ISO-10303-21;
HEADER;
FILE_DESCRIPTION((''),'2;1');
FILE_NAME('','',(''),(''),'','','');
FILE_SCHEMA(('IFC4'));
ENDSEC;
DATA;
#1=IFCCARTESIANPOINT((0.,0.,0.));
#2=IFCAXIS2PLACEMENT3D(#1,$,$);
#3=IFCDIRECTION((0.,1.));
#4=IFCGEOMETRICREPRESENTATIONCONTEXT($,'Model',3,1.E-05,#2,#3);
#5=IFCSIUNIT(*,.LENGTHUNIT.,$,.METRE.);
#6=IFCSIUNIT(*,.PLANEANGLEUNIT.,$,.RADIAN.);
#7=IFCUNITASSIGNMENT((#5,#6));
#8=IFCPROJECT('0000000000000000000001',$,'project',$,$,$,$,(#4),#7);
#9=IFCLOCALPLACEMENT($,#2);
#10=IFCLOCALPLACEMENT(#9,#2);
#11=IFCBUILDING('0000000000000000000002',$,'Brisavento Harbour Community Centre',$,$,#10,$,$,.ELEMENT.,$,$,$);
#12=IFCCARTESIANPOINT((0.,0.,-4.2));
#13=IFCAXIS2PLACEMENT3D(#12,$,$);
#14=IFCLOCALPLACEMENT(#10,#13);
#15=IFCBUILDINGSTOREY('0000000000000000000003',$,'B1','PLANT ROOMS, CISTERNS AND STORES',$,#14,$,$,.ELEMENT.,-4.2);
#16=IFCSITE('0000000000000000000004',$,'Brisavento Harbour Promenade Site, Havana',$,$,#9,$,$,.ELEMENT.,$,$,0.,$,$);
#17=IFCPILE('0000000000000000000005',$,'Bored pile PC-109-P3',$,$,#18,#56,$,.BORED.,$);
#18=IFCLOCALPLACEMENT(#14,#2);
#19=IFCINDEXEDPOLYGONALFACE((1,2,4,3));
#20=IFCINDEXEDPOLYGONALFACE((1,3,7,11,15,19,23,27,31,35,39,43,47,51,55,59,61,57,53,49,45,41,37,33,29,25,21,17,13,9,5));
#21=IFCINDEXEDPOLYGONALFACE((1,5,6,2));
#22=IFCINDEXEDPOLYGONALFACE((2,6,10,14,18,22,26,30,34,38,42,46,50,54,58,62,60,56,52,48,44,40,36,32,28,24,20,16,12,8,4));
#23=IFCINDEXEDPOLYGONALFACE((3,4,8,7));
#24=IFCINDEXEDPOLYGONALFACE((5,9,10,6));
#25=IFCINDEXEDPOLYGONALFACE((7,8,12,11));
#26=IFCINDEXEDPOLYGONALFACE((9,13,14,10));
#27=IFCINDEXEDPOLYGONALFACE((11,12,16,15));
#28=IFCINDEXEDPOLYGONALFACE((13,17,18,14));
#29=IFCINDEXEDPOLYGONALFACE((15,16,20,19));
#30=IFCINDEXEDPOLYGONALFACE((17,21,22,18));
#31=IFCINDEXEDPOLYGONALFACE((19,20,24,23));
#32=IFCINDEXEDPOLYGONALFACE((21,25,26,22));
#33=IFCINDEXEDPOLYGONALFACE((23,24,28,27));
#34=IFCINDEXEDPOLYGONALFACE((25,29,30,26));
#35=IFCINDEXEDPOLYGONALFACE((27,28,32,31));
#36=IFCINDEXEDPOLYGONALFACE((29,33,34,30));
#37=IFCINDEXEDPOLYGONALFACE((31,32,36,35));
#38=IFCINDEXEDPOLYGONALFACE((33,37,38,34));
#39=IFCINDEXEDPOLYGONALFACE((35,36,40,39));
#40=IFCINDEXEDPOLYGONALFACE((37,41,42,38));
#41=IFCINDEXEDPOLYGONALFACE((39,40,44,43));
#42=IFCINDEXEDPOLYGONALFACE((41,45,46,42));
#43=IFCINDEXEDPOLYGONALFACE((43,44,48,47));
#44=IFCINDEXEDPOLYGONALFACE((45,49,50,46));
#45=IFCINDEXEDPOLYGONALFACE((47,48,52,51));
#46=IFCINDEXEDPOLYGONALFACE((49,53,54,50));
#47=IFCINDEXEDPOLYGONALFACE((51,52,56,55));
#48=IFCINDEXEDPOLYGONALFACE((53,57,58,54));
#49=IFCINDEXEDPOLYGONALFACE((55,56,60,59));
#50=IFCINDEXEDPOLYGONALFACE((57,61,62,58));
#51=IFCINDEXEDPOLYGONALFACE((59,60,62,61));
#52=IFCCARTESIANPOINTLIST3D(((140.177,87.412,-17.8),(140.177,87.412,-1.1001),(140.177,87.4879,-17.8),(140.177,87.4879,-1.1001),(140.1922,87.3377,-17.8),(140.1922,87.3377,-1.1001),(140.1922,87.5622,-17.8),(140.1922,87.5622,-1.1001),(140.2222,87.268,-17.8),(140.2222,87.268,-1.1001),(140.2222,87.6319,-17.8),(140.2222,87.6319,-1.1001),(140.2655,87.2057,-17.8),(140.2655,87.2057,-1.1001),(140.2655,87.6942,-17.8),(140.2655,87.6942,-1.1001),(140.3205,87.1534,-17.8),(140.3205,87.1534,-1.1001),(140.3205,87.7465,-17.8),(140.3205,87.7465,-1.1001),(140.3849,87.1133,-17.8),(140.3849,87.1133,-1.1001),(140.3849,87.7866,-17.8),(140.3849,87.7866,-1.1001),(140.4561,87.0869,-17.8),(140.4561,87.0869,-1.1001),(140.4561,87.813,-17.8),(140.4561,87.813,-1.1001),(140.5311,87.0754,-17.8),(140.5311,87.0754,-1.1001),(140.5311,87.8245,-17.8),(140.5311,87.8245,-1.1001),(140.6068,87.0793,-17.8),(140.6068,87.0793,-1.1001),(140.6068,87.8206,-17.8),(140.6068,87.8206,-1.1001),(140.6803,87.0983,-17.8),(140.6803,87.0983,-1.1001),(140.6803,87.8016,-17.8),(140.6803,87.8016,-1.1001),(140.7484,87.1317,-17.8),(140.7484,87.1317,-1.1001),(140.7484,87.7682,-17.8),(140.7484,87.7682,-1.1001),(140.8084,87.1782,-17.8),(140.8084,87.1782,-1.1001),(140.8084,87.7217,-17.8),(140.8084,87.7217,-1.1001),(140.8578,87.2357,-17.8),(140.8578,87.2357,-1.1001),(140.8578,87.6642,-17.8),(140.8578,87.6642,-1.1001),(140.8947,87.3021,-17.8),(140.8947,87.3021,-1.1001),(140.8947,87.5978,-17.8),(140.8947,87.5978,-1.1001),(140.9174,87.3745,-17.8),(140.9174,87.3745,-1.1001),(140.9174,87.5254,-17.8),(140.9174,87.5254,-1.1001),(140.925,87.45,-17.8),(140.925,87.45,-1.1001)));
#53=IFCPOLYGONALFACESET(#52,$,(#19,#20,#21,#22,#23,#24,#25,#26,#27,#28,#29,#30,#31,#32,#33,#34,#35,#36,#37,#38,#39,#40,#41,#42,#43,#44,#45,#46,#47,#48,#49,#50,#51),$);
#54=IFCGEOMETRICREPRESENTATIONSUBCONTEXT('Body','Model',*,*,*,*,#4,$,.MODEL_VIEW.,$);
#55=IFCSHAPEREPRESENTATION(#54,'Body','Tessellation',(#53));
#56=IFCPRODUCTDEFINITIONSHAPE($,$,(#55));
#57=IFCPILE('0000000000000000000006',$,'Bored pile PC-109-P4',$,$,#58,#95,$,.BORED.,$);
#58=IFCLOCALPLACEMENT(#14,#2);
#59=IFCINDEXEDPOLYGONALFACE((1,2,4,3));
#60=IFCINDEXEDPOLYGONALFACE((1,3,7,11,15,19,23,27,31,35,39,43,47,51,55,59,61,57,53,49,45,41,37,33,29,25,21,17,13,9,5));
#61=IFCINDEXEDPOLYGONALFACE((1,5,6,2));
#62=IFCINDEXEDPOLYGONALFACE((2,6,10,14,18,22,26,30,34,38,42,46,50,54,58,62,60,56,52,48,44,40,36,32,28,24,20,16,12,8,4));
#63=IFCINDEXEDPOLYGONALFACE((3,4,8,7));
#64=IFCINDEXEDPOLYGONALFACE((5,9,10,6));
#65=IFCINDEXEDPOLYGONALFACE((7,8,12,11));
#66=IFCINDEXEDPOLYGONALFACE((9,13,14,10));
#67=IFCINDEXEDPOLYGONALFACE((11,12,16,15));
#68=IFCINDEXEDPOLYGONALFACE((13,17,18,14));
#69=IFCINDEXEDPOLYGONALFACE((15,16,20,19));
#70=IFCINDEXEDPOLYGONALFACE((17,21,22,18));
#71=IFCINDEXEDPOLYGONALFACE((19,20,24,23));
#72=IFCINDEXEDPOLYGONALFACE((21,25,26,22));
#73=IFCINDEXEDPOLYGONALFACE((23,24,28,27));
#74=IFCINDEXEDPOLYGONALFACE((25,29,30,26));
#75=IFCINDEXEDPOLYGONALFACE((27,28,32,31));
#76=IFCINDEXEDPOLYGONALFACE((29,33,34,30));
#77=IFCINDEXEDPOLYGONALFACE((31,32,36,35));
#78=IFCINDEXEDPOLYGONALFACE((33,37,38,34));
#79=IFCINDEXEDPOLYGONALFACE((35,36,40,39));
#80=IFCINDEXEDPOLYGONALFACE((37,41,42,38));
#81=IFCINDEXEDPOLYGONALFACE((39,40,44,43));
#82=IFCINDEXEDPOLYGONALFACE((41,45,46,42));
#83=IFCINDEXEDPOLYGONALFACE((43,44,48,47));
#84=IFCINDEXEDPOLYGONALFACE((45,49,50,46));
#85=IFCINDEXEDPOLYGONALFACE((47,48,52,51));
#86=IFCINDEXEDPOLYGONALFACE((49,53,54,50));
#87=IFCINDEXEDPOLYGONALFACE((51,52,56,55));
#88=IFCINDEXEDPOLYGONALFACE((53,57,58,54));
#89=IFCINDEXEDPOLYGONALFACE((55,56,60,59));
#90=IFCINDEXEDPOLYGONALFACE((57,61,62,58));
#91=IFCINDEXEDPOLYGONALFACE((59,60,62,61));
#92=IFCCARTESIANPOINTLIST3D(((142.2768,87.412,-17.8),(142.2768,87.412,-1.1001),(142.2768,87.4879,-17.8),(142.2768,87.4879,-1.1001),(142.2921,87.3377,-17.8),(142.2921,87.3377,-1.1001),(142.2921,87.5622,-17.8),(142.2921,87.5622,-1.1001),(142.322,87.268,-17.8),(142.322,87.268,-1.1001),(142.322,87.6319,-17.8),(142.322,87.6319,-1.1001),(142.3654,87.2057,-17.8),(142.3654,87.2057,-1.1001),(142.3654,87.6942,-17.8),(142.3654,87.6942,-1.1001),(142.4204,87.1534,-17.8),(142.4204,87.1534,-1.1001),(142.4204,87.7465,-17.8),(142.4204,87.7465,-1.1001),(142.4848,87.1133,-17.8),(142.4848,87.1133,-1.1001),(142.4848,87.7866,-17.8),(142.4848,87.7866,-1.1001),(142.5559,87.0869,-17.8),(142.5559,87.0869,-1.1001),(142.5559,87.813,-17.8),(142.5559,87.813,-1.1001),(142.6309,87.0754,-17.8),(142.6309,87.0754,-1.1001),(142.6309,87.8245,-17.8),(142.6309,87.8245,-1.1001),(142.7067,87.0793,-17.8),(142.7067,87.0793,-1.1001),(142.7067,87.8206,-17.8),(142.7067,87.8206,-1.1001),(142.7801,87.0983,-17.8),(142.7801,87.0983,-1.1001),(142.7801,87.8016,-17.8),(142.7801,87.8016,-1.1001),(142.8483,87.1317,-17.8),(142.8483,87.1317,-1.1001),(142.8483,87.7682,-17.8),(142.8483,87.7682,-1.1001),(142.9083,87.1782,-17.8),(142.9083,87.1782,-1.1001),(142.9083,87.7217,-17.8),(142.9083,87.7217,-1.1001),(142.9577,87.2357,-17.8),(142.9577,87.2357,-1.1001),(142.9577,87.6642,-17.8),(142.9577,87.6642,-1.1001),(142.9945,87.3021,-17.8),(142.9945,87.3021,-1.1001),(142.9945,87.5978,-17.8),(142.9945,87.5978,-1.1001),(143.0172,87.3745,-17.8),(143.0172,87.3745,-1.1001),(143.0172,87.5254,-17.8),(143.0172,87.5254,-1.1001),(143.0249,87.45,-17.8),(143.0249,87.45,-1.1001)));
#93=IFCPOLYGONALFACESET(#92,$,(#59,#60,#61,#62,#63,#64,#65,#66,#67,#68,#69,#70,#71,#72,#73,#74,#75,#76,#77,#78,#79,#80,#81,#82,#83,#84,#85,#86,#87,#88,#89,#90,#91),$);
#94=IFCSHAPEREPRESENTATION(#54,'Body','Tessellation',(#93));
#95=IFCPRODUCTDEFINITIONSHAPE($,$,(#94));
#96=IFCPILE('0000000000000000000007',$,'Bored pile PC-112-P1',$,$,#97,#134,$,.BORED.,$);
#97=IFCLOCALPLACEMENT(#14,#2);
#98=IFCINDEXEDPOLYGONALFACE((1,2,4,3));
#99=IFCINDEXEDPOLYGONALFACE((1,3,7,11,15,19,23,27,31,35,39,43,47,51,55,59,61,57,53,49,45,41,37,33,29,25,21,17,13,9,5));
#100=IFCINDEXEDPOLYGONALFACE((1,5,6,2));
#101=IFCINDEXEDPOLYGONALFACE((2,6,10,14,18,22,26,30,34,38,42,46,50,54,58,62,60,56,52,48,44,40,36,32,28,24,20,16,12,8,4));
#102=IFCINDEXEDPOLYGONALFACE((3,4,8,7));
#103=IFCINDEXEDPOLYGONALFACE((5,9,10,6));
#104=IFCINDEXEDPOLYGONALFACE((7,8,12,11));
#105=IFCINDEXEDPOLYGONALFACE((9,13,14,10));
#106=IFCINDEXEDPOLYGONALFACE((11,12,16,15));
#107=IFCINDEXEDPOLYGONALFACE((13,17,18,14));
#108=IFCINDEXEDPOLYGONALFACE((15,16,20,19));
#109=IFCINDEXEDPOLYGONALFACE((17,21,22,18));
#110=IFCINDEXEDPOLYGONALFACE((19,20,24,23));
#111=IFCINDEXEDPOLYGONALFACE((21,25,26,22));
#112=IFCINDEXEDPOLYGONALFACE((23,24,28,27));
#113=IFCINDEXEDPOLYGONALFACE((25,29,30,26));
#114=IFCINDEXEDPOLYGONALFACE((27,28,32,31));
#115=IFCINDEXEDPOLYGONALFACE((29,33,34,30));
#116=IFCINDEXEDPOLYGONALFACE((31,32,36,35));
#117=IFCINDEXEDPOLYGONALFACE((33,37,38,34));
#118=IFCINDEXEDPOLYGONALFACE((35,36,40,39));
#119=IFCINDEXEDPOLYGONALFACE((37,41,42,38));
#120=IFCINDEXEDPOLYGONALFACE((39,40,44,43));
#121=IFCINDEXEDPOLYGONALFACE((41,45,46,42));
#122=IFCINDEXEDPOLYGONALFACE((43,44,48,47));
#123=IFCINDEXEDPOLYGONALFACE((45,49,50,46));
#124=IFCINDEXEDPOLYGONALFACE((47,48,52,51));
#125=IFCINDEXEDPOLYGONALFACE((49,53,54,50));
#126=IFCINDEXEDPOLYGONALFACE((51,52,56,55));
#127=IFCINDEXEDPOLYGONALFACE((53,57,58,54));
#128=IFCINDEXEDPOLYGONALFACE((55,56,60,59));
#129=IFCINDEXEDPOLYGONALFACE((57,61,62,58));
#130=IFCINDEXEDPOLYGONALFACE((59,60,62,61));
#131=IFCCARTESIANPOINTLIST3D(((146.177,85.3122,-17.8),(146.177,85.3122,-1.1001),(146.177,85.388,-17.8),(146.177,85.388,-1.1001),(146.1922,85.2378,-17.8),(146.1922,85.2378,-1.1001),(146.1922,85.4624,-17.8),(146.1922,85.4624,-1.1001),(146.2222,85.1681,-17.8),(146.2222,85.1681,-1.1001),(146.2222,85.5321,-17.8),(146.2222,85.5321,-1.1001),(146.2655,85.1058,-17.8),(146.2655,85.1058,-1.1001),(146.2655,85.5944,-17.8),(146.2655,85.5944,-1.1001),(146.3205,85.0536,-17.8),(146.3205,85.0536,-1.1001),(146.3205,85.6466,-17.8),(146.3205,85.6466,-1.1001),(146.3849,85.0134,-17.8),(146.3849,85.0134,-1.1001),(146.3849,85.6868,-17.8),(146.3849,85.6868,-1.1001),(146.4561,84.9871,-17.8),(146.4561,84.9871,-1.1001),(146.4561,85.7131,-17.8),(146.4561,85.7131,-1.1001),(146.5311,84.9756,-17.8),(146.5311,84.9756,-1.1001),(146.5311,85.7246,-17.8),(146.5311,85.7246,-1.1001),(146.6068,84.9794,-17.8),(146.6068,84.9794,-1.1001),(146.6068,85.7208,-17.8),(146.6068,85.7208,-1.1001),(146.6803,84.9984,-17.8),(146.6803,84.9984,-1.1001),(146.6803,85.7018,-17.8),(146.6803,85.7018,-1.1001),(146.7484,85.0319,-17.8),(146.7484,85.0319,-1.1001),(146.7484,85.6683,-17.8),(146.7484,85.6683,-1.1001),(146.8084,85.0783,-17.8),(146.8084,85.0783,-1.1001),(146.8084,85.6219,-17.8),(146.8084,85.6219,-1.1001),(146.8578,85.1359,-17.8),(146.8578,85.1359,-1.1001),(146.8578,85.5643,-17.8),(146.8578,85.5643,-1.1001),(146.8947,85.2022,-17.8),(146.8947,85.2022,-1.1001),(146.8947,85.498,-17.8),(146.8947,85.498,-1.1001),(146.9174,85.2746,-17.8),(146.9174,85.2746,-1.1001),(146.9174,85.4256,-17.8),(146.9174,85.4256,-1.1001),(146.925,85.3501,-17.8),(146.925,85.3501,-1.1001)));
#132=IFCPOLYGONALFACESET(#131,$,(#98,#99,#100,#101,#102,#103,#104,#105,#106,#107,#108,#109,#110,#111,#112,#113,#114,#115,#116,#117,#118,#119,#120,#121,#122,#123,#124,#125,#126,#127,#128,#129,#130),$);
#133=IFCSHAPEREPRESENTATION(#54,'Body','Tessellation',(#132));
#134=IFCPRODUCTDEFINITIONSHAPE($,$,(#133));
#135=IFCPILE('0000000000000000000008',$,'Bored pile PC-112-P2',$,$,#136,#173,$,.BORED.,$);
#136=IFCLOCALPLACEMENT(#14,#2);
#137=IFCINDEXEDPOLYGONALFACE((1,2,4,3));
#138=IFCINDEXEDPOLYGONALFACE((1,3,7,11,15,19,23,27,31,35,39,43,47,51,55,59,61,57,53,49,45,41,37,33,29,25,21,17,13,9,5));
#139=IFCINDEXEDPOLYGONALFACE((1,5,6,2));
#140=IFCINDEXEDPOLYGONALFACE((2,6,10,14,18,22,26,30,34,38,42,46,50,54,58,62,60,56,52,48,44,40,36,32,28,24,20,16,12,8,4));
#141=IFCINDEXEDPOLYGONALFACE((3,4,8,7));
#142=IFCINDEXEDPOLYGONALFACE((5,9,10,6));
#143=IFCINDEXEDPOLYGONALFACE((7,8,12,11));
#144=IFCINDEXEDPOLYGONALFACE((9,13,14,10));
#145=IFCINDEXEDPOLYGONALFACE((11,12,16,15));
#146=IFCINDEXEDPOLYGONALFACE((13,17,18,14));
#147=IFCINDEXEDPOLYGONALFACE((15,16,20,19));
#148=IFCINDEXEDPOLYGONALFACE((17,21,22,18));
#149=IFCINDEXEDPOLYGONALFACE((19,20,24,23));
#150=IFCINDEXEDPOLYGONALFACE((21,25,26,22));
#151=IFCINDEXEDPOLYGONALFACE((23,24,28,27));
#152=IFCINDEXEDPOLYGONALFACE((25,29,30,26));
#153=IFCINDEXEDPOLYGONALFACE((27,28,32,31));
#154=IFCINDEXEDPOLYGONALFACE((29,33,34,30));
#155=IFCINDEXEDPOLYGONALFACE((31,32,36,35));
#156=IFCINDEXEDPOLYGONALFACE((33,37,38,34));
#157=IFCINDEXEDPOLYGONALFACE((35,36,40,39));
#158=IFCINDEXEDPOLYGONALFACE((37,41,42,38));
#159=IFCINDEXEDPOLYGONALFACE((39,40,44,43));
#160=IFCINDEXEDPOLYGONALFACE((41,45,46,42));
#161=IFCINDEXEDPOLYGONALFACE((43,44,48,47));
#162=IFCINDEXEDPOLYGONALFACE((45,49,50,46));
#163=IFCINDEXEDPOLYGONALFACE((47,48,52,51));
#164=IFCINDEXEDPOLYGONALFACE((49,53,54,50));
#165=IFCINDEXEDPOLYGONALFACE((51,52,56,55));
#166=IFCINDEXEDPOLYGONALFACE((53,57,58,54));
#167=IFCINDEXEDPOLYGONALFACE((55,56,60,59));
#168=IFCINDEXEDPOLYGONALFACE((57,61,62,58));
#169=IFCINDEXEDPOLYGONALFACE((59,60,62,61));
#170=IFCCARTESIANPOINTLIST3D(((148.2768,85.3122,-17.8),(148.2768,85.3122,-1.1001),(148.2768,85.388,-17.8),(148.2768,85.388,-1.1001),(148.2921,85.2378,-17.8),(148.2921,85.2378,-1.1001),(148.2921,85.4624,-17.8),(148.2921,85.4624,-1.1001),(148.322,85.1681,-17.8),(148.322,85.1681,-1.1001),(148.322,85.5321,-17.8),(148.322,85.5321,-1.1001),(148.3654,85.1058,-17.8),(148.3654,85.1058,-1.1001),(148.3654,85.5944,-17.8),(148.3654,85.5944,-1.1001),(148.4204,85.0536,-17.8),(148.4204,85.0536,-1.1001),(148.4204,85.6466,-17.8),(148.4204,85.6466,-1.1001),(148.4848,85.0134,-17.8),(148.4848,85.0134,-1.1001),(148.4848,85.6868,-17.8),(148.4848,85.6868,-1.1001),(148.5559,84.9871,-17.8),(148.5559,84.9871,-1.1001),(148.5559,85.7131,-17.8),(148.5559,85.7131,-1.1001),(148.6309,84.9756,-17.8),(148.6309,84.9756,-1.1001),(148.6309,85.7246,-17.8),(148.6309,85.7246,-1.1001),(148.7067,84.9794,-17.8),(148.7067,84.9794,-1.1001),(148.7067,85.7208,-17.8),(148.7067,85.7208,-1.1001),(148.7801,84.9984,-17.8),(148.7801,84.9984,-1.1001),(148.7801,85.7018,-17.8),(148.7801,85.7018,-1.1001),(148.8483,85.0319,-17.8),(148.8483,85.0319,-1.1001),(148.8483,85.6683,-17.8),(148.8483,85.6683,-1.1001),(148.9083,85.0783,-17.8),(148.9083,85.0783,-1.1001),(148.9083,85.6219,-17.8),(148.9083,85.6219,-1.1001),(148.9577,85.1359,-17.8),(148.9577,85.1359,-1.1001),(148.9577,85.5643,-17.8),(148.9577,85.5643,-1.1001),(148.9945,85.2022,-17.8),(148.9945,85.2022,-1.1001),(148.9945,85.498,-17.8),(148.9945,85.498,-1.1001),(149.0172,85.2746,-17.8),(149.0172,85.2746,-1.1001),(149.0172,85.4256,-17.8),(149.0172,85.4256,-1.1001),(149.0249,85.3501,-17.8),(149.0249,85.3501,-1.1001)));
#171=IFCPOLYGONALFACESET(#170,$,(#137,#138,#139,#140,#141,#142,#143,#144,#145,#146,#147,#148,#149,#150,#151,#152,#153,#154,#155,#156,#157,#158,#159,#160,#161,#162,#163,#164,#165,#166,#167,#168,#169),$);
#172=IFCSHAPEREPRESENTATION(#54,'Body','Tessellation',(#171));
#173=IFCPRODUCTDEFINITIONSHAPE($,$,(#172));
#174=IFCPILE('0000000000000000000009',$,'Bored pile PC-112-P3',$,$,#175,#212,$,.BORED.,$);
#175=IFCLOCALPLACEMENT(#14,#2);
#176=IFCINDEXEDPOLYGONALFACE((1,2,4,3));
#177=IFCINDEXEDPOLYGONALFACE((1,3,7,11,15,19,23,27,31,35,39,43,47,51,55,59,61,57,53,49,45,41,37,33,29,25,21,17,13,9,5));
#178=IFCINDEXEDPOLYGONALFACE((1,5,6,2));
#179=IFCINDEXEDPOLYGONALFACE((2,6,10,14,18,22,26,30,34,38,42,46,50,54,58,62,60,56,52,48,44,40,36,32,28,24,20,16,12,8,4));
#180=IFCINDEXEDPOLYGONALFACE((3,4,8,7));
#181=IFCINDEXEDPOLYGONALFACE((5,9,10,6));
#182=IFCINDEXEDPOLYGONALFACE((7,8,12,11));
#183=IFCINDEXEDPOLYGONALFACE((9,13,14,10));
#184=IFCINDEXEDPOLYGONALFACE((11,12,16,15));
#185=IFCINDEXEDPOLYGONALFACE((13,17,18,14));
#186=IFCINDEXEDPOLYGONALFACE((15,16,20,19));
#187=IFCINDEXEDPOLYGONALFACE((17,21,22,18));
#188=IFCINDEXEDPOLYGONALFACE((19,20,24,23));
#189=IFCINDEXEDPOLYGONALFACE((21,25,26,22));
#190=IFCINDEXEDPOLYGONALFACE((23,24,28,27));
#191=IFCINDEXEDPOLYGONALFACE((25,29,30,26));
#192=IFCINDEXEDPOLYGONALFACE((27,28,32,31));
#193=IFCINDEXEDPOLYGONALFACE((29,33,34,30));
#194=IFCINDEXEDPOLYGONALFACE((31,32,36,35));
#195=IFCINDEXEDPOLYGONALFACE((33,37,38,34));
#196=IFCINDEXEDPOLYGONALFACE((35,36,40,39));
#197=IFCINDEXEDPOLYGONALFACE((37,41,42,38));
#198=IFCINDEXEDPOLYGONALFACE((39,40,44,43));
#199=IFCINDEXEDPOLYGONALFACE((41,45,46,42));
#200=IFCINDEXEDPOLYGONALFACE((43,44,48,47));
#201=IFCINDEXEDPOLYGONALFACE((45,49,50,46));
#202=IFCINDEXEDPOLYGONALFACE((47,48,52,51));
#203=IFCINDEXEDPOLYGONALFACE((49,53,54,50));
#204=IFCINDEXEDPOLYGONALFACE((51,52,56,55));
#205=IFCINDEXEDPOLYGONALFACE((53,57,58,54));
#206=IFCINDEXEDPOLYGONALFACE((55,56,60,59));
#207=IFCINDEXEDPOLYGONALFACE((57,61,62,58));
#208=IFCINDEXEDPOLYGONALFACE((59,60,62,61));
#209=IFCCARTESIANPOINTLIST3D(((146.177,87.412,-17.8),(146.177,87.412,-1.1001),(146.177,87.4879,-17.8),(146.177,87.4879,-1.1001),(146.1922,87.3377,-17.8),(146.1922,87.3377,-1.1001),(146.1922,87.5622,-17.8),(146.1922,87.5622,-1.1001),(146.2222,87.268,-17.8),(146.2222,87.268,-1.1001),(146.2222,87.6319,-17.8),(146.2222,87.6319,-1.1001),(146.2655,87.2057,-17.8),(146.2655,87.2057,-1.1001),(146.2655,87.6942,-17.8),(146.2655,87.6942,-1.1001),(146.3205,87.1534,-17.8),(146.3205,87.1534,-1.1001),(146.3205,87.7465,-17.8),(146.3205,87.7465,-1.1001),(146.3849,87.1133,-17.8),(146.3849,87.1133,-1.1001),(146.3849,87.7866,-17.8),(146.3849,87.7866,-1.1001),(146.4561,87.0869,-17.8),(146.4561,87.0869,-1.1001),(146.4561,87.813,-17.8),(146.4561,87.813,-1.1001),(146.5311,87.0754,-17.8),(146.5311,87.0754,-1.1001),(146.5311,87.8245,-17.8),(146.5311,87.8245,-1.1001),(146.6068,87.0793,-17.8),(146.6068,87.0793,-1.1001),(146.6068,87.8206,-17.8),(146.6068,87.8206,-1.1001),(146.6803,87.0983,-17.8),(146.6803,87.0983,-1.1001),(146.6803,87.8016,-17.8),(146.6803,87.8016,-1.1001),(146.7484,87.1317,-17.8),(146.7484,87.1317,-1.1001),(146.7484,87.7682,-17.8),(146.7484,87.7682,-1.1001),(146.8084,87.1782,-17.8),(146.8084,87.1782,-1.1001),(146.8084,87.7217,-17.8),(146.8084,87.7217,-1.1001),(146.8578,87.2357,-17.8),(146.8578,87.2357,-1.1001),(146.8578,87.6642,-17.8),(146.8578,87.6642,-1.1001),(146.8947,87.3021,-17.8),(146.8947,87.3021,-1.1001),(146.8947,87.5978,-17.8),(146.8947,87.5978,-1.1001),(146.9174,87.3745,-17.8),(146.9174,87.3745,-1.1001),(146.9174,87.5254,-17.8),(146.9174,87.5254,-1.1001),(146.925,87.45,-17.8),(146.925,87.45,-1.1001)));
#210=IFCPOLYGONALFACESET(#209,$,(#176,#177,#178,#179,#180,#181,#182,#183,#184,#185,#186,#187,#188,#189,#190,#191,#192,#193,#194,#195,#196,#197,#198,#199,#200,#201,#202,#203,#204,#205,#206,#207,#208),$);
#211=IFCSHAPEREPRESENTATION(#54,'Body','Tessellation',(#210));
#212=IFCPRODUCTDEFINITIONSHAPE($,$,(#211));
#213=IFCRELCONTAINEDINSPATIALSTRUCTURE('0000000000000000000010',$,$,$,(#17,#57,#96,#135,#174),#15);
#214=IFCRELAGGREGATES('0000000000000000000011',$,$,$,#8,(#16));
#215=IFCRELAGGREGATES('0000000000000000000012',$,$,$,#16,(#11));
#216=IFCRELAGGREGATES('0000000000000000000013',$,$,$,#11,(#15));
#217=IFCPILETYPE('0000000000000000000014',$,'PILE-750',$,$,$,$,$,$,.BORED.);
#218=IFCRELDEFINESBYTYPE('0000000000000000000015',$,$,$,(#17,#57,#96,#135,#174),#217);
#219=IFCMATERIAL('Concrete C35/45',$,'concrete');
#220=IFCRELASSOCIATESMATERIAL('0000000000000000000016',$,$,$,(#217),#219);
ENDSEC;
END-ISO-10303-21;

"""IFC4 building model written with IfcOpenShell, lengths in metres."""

from ifc_helpers import new_model, si_unit, direction, frame, origin, origin_2d, place, context, subcontext, project, spatial, circle, extrude, material, material_profile, profile_set, type_object, element, save


model = new_model("IFC4")

# Units and contexts
model_context = context("Model", 3, precision=1e-05, world=origin(), true_north=direction((0.0, 1.0)))
body_context = subcontext(model_context, "Body", "Model", "MODEL_VIEW")
ifc_project = project(units=[si_unit("LENGTHUNIT", "METRE"), si_unit("PLANEANGLEUNIT", "RADIAN")], contexts=[model_context])

# Site, building, storey
site_placement = place(None, origin())
site = spatial("IfcSite", under=ifc_project, at=site_placement, Name="Brisavento Harbour Promenade Site, Havana", CompositionType="ELEMENT", RefElevation=0.0)
building_placement = place(site_placement, origin())
building = spatial("IfcBuilding", under=site, at=building_placement, Name="Brisavento Harbour Community Centre", CompositionType="ELEMENT")
storey_placement = place(building_placement, frame((0.0, 0.0, -4.2)))
storey = spatial("IfcBuildingStorey", under=building, at=storey_placement, Name="B1", Description="PLANT ROOMS, CISTERNS AND STORES", CompositionType="ELEMENT", Elevation=-4.2)

# Shared definitions
ifc_material_1 = material(Name="Concrete C35/45", Category="concrete")

# Piles
ifc_material_profile_1 = material_profile(ifc_material_1, circle(Radius=0.375, at=origin_2d()), Name="Concrete C35/45")
ifc_profile_set_1 = profile_set([ifc_material_profile_1], Name="Concrete C35/45")
pile_type = type_object("IfcPileType", Name="PILE-750", PredefinedType="BORED", material=ifc_profile_set_1)
for number, where, z_axis, x_axis, name in (
    (1, (140.55, 87.45, -1.1001), (0.0, 0.0, -1.0), (1.0, 0.0, 0.0), "Bored pile PC-109-P3"),
    (2, (142.6499, 87.45, -1.1001), (0.0, 0.0, -1.0), (1.0, 0.0, 0.0), "Bored pile PC-109-P4"),
    (3, (146.55, 85.3501, -1.1001), (0.0, 0.0, -1.0), (1.0, 0.0, 0.0), "Bored pile PC-112-P1"),
    (4, (148.6499, 85.3501, -1.1001), (0.0, 0.0, -1.0), (1.0, 0.0, 0.0), "Bored pile PC-112-P2"),
    (5, (146.55, 87.45, -1.1001), (0.0, 0.0, -1.0), (1.0, 0.0, 0.0), "Bored pile PC-112-P3"),
):
    element("IfcPile", number, at=place(storey_placement, frame(where, z_axis=z_axis, x_axis=x_axis)), inside=storey, type_object=pile_type, Name=name, PredefinedType="BORED", context=body_context, shape_type="SweptSolid", body=[
        extrude(circle(Radius=0.375, at=origin_2d()), origin(), (0.0, 0.0, 1.0), 16.7),
    ])

save(model, "model.ifc")
